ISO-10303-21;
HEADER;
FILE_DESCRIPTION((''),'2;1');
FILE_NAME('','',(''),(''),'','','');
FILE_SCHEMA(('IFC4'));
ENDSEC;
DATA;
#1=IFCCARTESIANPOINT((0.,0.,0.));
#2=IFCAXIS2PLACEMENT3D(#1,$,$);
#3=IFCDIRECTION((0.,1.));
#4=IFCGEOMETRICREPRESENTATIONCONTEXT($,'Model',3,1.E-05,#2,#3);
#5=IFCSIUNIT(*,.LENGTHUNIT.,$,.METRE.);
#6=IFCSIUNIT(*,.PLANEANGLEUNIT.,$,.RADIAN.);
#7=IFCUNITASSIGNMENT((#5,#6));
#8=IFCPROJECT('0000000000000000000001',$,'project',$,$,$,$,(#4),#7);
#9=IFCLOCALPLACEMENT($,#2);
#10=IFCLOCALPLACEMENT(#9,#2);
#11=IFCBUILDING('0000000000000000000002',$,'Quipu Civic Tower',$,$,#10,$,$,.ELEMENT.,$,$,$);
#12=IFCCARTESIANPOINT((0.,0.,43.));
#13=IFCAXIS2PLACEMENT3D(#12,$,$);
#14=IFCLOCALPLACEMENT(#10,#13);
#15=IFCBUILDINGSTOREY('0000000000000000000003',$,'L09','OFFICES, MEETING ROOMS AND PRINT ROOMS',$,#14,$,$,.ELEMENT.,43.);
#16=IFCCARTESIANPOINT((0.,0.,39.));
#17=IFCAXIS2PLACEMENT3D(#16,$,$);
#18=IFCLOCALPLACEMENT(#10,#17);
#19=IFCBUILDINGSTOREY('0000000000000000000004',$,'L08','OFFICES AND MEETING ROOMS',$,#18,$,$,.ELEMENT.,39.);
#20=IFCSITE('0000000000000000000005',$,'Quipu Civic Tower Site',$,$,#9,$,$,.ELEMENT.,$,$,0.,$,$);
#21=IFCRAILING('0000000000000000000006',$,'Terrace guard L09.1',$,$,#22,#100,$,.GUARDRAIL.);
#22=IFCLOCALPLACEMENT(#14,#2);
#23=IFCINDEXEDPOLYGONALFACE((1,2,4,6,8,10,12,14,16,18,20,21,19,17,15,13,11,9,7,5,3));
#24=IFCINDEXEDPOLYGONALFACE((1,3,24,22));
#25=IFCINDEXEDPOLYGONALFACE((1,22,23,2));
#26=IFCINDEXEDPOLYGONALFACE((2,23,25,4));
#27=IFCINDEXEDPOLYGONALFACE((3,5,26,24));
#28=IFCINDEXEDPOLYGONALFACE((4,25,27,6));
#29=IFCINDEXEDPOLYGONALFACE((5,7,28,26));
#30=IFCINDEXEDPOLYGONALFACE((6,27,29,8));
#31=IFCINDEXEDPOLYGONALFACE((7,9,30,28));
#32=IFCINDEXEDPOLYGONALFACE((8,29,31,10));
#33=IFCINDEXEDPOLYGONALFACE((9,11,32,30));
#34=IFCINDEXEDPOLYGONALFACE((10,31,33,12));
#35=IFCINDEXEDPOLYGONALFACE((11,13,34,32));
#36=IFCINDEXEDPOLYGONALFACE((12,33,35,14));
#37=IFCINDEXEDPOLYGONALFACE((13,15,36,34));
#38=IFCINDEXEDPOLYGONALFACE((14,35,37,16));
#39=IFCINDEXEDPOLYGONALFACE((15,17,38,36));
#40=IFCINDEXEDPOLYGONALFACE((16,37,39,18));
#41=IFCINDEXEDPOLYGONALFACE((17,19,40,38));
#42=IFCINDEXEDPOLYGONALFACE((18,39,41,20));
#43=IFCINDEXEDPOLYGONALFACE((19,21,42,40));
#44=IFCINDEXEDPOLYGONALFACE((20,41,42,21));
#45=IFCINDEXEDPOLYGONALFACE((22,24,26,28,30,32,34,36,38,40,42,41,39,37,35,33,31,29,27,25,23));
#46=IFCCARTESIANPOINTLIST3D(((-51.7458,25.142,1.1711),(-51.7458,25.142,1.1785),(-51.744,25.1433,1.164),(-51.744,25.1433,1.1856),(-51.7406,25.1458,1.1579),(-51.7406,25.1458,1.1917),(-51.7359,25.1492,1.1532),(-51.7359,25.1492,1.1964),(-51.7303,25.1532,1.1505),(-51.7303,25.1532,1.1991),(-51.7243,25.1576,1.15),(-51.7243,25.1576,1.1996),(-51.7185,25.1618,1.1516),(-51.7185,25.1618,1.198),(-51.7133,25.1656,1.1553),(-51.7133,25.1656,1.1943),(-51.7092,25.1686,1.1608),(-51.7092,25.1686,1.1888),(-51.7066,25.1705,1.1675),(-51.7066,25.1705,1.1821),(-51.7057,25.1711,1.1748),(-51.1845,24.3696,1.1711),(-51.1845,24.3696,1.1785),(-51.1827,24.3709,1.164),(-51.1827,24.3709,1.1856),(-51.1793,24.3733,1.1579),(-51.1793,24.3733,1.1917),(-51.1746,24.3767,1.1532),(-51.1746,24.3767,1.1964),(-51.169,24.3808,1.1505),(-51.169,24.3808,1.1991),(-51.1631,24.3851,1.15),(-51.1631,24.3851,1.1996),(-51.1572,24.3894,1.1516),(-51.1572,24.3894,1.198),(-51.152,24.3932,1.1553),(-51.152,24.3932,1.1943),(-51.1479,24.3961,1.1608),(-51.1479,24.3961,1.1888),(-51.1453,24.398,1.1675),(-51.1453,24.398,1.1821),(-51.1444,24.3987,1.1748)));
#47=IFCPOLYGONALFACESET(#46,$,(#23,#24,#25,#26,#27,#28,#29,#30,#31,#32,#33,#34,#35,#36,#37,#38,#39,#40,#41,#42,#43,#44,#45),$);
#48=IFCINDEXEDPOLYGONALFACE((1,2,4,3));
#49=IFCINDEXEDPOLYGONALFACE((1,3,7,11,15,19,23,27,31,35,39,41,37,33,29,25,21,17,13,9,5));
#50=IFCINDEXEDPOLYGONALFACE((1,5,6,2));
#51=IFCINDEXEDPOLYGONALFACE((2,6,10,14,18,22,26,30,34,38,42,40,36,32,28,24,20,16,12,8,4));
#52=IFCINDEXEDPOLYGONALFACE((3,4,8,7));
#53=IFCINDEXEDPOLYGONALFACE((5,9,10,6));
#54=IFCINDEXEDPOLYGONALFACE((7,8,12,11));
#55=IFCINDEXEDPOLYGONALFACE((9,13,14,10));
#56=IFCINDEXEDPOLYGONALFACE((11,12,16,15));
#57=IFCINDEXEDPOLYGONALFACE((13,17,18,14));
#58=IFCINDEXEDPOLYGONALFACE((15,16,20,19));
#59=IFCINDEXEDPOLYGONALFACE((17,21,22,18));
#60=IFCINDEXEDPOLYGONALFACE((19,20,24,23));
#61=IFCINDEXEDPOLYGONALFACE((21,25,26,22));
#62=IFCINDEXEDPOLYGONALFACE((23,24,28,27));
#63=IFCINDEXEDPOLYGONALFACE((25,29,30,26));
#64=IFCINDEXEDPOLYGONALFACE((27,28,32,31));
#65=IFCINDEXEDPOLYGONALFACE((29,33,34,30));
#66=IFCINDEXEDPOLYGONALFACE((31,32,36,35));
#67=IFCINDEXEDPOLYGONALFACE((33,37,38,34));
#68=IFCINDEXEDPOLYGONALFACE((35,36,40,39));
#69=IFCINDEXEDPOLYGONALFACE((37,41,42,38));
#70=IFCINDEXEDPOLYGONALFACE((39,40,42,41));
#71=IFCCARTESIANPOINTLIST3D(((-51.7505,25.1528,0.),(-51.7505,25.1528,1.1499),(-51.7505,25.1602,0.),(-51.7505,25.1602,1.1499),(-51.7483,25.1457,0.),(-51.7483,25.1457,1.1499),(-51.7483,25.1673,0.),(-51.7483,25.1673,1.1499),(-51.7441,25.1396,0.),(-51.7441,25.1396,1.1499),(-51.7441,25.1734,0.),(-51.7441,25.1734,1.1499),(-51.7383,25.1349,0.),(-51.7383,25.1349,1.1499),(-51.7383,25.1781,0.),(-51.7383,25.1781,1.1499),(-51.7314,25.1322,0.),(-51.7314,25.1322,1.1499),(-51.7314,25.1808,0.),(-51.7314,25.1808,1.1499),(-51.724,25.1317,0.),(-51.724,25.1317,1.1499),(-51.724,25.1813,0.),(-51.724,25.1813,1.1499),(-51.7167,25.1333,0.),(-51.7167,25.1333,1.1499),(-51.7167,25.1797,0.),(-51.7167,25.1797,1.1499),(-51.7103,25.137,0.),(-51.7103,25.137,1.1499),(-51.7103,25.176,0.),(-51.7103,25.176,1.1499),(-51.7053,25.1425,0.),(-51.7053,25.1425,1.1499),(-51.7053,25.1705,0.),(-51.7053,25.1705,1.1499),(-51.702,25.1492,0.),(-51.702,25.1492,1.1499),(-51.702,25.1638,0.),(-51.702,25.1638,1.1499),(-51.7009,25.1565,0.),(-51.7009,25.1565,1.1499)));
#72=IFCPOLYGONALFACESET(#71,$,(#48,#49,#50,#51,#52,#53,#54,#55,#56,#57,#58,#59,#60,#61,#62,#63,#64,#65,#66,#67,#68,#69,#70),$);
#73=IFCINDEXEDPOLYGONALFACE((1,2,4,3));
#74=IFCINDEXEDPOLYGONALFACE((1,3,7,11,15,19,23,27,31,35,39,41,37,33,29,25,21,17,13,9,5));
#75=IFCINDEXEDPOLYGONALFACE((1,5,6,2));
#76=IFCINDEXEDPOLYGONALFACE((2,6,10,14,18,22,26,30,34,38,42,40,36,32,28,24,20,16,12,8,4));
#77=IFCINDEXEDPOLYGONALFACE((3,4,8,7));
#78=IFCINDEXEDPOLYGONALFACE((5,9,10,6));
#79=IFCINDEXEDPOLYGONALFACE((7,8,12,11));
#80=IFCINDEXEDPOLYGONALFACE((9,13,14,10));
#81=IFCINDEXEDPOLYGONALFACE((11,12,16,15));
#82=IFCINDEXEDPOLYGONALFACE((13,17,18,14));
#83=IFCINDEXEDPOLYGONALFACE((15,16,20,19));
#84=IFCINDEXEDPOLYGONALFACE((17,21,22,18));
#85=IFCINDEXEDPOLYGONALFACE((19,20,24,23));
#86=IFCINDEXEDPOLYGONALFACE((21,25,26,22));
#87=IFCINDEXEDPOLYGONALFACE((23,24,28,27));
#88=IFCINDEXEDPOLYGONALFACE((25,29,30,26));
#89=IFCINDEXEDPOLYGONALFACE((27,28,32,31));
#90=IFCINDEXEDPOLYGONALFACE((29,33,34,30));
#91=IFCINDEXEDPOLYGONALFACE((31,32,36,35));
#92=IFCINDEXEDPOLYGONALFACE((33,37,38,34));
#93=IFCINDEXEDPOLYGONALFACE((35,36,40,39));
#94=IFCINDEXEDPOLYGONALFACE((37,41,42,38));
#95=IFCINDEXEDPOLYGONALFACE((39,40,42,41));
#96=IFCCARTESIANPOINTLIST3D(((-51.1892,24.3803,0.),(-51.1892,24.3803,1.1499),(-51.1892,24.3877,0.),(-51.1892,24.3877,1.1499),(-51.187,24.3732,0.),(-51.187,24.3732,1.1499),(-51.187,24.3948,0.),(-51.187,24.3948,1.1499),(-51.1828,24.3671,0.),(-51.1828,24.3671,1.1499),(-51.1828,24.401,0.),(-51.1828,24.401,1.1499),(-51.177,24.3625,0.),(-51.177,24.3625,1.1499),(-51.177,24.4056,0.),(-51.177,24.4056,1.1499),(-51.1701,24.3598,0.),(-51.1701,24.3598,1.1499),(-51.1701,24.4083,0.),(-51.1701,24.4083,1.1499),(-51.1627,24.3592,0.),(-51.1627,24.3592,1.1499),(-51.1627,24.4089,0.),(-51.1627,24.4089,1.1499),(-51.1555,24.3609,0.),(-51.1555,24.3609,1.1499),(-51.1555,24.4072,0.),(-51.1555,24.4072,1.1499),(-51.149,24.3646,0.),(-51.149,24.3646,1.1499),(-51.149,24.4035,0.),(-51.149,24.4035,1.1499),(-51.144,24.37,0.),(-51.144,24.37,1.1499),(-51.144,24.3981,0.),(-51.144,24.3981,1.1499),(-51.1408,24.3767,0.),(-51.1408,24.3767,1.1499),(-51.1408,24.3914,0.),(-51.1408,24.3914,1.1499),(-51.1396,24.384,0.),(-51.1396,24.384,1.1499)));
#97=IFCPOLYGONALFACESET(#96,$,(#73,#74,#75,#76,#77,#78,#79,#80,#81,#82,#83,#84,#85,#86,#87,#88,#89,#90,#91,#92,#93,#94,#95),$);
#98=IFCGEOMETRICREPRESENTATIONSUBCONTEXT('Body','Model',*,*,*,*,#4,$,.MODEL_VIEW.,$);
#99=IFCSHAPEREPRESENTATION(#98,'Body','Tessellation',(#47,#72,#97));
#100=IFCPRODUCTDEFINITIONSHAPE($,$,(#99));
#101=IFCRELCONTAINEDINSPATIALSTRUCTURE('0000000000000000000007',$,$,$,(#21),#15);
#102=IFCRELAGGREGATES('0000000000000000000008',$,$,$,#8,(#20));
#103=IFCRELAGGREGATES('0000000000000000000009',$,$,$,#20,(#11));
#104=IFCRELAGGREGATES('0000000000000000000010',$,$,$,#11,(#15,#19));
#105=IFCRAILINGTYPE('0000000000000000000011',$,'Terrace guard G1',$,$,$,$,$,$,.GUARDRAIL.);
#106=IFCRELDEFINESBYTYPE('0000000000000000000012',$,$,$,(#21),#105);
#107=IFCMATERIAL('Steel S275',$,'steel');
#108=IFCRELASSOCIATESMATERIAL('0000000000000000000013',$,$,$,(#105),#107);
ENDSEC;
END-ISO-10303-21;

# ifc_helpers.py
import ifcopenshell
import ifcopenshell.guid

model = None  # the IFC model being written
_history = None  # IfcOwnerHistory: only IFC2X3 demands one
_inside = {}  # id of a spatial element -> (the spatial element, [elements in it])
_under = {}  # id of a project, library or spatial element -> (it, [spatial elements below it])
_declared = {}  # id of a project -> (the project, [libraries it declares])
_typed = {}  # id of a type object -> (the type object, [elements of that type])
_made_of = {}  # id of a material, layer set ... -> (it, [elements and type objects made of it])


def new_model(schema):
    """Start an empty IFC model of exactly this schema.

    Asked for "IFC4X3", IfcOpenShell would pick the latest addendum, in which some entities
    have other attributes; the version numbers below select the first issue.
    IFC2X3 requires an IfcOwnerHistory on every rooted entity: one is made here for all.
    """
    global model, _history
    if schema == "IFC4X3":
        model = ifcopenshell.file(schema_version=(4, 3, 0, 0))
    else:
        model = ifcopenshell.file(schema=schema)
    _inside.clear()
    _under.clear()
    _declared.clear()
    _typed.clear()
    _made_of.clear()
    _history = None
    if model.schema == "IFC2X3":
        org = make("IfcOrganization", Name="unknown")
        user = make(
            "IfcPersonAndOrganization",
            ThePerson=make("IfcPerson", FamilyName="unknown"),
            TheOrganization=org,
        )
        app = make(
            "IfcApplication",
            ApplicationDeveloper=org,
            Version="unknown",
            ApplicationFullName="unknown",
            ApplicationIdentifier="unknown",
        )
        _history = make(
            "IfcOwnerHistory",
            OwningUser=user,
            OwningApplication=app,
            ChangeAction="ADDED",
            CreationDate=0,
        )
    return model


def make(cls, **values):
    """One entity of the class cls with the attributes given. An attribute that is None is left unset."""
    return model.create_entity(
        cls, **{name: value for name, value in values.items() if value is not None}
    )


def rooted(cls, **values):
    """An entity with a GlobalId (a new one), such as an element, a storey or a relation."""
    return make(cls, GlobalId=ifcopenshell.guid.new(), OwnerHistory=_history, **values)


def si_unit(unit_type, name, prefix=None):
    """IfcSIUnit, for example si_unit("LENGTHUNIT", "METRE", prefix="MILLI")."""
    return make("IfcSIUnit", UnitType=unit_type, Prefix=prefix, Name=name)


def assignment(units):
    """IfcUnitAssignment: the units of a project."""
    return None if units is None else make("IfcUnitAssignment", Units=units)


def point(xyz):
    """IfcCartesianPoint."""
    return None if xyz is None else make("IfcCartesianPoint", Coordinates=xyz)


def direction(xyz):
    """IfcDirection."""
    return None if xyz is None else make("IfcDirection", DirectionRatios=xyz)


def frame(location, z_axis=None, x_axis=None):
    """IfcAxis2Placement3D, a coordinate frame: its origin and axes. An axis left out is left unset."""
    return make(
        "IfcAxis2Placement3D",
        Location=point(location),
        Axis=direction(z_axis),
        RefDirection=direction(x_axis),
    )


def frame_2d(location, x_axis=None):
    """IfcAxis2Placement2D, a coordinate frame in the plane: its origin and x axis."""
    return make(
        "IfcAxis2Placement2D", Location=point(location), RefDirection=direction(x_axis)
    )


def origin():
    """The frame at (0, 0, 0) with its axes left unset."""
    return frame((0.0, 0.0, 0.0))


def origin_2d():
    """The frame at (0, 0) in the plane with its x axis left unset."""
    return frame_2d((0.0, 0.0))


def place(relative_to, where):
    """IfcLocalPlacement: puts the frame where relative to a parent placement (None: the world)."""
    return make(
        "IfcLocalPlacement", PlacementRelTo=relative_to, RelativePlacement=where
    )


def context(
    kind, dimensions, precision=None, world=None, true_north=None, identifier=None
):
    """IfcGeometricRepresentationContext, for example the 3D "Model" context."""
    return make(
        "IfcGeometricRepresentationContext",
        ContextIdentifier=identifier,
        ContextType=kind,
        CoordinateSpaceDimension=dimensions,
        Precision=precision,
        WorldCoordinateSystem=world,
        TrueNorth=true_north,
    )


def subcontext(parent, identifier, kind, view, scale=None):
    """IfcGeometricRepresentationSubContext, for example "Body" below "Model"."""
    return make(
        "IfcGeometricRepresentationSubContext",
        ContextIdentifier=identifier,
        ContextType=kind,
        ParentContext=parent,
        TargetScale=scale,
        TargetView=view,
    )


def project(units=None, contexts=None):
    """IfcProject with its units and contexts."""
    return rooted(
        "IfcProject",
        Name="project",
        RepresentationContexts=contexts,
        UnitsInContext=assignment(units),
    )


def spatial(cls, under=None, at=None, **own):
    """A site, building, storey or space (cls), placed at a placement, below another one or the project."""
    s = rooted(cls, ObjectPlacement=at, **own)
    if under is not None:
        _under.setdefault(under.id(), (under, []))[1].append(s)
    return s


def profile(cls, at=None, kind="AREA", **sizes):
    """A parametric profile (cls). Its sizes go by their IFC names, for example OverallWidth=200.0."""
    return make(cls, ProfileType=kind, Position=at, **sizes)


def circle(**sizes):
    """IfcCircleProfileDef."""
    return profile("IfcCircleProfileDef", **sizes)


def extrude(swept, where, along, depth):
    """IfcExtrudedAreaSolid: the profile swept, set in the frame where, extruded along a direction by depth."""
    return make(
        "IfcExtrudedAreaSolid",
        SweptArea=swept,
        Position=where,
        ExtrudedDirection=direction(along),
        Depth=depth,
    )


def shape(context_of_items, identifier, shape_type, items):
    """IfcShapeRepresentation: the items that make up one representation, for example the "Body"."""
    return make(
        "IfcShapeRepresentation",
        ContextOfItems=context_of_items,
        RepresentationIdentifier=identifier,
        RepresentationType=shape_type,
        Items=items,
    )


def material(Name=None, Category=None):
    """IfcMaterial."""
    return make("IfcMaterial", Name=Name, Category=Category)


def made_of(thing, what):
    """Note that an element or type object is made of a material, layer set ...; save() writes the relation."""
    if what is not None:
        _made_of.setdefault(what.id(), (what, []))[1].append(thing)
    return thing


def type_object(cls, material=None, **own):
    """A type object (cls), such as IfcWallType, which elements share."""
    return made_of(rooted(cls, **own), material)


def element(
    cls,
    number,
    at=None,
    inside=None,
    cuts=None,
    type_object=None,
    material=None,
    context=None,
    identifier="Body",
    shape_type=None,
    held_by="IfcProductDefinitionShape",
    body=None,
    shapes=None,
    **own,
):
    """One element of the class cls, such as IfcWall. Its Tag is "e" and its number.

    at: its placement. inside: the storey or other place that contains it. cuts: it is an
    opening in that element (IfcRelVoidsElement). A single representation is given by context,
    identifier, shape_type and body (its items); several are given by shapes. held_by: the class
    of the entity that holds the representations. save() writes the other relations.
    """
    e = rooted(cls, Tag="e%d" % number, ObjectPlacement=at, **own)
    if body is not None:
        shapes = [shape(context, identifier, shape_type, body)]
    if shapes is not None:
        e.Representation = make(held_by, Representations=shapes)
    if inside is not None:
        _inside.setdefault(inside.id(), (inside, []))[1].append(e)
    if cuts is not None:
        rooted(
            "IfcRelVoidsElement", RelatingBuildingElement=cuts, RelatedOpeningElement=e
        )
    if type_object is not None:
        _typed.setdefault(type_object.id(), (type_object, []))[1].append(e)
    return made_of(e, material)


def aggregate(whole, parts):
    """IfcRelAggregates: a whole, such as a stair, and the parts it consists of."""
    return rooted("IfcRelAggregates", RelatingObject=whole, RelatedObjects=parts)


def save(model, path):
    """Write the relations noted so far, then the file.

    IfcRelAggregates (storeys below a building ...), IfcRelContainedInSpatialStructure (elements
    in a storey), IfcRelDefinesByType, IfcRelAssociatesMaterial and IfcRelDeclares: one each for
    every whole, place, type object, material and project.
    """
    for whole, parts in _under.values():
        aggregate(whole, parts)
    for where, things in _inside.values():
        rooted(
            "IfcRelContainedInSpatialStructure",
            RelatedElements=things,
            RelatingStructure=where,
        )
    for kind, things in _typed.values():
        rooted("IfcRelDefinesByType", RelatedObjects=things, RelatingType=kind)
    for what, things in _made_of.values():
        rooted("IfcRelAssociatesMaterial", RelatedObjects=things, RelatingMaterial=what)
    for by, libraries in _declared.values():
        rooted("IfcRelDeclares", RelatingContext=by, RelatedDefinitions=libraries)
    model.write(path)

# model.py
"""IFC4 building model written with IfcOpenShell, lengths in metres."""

from ifc_helpers import new_model, si_unit, direction, frame, origin, origin_2d, place, context, subcontext, project, spatial, circle, extrude, material, type_object, element, save


model = new_model("IFC4")

# Units and contexts
model_context = context("Model", 3, precision=1e-05, world=origin(), true_north=direction((0.0, 1.0)))
body_context = subcontext(model_context, "Body", "Model", "MODEL_VIEW")
ifc_project = project(units=[si_unit("LENGTHUNIT", "METRE"), si_unit("PLANEANGLEUNIT", "RADIAN")], contexts=[model_context])

# Site, building, storey
site_placement = place(None, origin())
site = spatial("IfcSite", under=ifc_project, at=site_placement, Name="Quipu Civic Tower Site", CompositionType="ELEMENT", RefElevation=0.0)
building_placement = place(site_placement, origin())
building = spatial("IfcBuilding", under=site, at=building_placement, Name="Quipu Civic Tower", CompositionType="ELEMENT")
storey_1_placement = place(building_placement, frame((0.0, 0.0, 43.0)))
storey_1 = spatial("IfcBuildingStorey", under=building, at=storey_1_placement, Name="L09", Description="OFFICES, MEETING ROOMS AND PRINT ROOMS", CompositionType="ELEMENT", Elevation=43.0)

# Shared definitions
storey_2_placement = place(building_placement, frame((0.0, 0.0, 39.0)))
storey_2 = spatial("IfcBuildingStorey", under=building, at=storey_2_placement, Name="L08", Description="OFFICES AND MEETING ROOMS", CompositionType="ELEMENT", Elevation=39.0)

# Railing
ifc_material_1 = material(Name="Steel S275", Category="steel")
railing_type = type_object("IfcRailingType", Name="Terrace guard G1", PredefinedType="GUARDRAIL", material=ifc_material_1)
railing_placement = place(storey_1_placement, frame((-51.7258, 25.1565, 0.0)))
element("IfcRailing", 1, at=railing_placement, inside=storey_1, type_object=railing_type, Name="Terrace guard L09.1", PredefinedType="GUARDRAIL", context=body_context, shape_type="SweptSolid", body=[
    extrude(circle(Radius=0.0249, at=origin_2d()), frame((0.0, 0.0, 1.1748), z_axis=(0.587822, -0.80899, 0.0), x_axis=(0.80899, 0.587822, 0.0)), (0.0, 0.0, 1.0), 0.9548),
    extrude(circle(Radius=0.0249, at=origin_2d()), origin(), (0.0, 0.0, 1.0), 1.1499),
    extrude(circle(Radius=0.0249, at=origin_2d()), frame((0.5613, -0.7725, 0.0)), (0.0, 0.0, 1.0), 1.1499),
])

save(model, "model.ifc")
